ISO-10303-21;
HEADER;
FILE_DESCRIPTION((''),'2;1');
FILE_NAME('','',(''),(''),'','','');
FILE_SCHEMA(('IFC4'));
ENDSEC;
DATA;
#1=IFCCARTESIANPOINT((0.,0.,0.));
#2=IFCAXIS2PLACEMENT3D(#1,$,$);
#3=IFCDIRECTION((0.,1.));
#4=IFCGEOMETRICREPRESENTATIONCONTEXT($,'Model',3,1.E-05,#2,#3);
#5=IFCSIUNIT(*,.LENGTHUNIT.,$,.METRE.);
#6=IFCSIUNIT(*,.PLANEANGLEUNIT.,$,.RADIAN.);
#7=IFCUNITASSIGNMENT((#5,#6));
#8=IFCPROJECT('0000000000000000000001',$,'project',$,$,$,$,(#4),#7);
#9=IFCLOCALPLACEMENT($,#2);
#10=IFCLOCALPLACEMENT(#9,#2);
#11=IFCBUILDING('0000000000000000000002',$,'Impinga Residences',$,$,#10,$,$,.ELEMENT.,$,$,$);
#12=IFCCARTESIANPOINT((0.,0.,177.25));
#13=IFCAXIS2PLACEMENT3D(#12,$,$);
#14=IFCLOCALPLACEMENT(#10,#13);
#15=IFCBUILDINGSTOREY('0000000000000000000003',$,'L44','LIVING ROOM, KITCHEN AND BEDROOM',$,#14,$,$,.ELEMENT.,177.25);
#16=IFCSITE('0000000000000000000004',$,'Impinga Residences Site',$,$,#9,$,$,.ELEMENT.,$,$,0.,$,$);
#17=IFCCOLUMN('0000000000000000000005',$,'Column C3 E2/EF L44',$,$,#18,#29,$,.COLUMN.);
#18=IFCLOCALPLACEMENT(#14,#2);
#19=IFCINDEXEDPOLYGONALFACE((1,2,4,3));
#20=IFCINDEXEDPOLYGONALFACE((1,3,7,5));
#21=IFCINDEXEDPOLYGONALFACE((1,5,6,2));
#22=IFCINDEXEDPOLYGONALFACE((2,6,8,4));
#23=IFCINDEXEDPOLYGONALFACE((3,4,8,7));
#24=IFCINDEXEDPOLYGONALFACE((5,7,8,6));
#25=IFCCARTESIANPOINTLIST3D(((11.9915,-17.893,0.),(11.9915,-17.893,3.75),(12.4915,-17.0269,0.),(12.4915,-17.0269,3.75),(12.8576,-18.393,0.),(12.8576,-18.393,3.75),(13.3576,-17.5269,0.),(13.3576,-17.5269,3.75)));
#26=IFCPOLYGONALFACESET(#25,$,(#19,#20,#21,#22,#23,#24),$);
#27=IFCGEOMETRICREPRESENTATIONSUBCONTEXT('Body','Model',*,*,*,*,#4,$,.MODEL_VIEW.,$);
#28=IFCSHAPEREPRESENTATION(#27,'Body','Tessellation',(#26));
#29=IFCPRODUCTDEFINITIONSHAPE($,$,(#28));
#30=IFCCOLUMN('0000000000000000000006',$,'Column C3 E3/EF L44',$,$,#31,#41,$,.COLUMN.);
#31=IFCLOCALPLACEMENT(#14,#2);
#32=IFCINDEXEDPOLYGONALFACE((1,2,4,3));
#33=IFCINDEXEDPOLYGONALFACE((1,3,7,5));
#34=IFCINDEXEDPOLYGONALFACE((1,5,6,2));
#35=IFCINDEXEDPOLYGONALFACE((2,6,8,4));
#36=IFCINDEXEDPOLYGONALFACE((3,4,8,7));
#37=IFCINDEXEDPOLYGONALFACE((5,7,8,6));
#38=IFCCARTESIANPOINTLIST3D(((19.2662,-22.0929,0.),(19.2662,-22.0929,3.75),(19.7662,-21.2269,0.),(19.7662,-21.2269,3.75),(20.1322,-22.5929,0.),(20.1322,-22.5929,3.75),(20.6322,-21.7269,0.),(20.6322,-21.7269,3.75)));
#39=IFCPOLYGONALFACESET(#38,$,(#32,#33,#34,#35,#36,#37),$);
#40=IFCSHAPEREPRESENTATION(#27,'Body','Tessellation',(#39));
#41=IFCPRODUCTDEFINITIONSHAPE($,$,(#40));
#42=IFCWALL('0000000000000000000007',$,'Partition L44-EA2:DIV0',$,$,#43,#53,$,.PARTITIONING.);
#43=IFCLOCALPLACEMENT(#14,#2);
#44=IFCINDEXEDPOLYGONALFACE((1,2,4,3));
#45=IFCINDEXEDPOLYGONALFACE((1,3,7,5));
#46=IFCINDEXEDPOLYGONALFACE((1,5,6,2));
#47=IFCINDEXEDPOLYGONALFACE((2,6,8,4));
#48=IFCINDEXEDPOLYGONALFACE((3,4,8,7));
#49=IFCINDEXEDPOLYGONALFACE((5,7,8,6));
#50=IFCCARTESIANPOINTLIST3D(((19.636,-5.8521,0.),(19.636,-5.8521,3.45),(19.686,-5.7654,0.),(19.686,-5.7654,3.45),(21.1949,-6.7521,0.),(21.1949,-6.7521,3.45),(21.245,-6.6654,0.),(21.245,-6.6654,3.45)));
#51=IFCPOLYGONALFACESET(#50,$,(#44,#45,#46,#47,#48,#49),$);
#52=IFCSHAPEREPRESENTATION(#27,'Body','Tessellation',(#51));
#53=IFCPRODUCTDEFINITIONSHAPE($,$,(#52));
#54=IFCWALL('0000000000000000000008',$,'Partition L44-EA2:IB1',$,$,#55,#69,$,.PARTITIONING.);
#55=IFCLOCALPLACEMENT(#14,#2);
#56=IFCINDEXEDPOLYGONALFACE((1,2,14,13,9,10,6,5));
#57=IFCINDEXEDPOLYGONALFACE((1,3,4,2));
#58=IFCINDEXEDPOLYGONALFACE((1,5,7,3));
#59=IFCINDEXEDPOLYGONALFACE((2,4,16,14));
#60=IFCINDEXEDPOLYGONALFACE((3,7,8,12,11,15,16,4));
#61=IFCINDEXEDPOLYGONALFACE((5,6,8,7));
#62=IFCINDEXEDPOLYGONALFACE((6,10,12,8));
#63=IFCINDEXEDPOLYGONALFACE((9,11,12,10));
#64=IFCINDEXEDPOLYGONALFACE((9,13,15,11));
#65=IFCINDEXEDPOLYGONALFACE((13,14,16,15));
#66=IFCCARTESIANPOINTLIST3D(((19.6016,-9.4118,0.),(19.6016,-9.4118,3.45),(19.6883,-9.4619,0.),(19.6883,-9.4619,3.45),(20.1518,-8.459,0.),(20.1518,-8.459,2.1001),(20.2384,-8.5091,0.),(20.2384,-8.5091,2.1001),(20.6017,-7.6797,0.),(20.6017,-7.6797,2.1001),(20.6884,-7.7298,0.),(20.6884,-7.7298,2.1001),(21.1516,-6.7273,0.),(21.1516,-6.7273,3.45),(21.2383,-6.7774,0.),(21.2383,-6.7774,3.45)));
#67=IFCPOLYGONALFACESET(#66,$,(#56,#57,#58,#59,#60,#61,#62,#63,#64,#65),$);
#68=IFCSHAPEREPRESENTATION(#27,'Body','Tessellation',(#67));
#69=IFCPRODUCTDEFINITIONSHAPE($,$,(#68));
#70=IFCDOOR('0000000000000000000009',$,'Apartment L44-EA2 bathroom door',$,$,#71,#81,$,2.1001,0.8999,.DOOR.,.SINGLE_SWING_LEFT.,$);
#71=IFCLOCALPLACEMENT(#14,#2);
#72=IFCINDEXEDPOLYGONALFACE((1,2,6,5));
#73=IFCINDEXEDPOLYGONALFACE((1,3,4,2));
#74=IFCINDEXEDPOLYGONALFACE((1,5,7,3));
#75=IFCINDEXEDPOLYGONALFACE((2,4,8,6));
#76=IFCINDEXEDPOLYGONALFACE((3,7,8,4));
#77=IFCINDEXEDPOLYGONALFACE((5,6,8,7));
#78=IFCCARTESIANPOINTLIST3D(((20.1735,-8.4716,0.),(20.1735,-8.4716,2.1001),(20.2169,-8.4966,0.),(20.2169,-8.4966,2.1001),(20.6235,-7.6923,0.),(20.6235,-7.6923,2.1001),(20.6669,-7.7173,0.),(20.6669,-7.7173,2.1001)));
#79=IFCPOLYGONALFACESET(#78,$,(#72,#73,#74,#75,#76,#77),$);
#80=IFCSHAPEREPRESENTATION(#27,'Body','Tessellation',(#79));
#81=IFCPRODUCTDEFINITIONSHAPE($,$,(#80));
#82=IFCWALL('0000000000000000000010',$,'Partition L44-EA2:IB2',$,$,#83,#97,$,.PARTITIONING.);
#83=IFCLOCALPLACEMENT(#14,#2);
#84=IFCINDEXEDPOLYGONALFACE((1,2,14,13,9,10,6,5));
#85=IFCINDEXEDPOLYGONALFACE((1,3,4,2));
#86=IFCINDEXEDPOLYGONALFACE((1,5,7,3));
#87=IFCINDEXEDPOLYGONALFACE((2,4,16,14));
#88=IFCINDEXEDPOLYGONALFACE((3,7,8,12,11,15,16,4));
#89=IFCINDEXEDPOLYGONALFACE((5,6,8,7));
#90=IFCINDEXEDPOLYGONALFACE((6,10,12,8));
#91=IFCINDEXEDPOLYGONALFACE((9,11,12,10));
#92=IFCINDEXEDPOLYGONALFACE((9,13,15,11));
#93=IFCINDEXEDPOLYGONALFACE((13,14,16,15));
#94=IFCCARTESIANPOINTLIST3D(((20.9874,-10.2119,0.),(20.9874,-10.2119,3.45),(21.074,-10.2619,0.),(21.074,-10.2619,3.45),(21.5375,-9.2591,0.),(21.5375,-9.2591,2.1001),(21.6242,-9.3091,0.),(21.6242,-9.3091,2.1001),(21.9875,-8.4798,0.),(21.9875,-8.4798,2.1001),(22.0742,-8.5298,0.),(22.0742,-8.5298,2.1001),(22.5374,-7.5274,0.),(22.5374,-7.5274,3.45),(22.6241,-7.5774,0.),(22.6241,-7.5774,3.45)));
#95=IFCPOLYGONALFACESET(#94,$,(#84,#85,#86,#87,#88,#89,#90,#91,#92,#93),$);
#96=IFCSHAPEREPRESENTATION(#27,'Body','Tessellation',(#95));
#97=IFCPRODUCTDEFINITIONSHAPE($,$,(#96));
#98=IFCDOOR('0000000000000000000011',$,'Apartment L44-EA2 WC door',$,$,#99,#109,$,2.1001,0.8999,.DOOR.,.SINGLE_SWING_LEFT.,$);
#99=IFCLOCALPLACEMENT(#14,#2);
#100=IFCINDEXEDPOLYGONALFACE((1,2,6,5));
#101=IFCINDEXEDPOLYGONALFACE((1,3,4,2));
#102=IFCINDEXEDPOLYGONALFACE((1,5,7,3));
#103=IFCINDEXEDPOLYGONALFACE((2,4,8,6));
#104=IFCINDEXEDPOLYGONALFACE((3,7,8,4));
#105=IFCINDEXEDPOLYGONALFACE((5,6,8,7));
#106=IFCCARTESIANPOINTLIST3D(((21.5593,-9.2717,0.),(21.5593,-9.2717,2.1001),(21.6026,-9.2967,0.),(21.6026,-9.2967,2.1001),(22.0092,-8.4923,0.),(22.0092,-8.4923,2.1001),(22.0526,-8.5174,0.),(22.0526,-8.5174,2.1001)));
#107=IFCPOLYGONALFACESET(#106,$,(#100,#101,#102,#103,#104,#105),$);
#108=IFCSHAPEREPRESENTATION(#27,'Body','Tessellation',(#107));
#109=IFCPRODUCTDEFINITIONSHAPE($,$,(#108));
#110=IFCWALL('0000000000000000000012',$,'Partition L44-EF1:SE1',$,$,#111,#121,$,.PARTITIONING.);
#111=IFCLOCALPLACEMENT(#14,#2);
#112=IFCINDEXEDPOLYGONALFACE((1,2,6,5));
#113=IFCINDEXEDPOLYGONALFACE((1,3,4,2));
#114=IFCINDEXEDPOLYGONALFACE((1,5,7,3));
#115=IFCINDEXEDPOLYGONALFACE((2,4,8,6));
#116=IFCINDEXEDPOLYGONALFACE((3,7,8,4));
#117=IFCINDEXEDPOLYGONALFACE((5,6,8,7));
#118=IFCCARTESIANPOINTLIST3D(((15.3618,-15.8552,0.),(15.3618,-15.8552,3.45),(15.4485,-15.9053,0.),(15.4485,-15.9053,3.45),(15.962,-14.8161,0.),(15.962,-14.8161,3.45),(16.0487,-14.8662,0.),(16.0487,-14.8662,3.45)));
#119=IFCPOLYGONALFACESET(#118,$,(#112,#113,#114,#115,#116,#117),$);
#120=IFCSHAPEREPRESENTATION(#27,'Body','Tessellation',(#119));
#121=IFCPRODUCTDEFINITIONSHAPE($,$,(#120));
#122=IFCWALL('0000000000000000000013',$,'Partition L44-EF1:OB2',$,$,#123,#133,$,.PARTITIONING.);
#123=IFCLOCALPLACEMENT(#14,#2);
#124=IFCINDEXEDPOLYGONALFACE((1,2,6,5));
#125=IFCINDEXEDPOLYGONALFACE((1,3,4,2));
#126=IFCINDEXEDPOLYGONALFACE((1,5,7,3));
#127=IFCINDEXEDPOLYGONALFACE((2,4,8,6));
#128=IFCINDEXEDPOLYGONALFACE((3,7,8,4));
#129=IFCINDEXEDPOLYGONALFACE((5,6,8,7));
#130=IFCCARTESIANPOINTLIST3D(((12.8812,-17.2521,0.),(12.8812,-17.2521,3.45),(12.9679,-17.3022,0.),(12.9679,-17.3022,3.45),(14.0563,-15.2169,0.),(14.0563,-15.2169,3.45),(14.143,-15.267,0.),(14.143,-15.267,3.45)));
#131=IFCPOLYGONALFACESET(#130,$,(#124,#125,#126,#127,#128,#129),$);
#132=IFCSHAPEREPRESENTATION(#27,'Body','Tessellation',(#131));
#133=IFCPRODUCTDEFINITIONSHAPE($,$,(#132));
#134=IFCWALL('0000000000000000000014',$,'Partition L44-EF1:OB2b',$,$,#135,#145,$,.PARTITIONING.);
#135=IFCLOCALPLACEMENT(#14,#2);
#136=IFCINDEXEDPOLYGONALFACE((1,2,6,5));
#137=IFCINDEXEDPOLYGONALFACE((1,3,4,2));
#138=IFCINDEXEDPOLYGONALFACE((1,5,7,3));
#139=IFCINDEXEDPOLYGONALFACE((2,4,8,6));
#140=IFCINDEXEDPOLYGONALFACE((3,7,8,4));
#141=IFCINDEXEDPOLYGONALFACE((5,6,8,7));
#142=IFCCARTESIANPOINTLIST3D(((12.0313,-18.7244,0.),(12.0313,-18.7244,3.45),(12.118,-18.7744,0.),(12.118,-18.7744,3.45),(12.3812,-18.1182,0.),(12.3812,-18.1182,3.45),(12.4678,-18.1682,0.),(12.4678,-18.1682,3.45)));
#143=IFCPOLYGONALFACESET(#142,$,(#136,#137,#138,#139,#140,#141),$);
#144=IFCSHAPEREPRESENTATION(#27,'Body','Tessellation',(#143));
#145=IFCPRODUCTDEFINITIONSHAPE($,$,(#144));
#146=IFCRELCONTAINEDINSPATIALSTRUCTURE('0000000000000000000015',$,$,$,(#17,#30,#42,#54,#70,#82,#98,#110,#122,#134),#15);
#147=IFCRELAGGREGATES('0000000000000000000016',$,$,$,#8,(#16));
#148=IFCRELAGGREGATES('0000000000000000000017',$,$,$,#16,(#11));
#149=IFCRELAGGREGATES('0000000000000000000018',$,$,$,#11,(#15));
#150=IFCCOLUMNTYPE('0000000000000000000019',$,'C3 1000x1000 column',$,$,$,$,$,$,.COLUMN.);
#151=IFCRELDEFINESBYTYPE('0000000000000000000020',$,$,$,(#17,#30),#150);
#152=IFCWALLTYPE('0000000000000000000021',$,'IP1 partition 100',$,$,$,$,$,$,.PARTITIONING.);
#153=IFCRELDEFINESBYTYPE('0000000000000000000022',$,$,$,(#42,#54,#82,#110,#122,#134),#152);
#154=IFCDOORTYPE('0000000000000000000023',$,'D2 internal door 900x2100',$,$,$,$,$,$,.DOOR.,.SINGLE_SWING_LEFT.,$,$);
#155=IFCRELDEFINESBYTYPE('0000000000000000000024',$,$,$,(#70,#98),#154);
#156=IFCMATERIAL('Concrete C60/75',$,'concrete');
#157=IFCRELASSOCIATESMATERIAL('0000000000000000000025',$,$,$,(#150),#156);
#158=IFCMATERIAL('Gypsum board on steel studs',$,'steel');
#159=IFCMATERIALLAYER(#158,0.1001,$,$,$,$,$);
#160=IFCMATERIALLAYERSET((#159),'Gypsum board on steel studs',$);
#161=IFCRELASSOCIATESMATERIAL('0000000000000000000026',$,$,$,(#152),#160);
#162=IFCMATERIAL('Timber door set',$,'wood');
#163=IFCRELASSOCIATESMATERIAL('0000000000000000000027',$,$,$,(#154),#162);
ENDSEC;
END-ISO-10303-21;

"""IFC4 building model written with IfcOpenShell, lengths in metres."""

from ifc_helpers import new_model, si_unit, direction, frame, frame_2d, origin, origin_2d, place, context, subcontext, project, spatial, rectangle, extrude, material, layer, layer_set, material_profile, profile_set, type_object, element, fill, save


model = new_model("IFC4")

# Units and contexts
model_context = context("Model", 3, precision=1e-05, world=origin(), true_north=direction((0.0, 1.0)))
body_context = subcontext(model_context, "Body", "Model", "MODEL_VIEW")
ifc_project = project(units=[si_unit("LENGTHUNIT", "METRE"), si_unit("PLANEANGLEUNIT", "RADIAN")], contexts=[model_context])

# Site, building, storey
site_placement = place(None, origin())
site = spatial("IfcSite", under=ifc_project, at=site_placement, Name="Impinga Residences Site", CompositionType="ELEMENT", RefElevation=0.0)
building_placement = place(site_placement, origin())
building = spatial("IfcBuilding", under=site, at=building_placement, Name="Impinga Residences", CompositionType="ELEMENT")
storey_placement = place(building_placement, frame((0.0, 0.0, 177.25)))
storey = spatial("IfcBuildingStorey", under=building, at=storey_placement, Name="L44", Description="LIVING ROOM, KITCHEN AND BEDROOM", CompositionType="ELEMENT", Elevation=177.25)

# Columns
ifc_material_1 = material(Name="Concrete C60/75", Category="concrete")
ifc_material_profile = material_profile(ifc_material_1, rectangle(XDim=1.0, YDim=1.0, at=origin_2d()), Name="RC 1000x1000")
ifc_profile_set = profile_set([ifc_material_profile], Name="Concrete C60/75")
column_type = type_object("IfcColumnType", Name="C3 1000x1000 column", PredefinedType="COLUMN", material=ifc_profile_set)
for number, where, z_axis, x_axis, name in (
    (1, (12.6746, -17.71, 0.0), (0.0, 0.0, 1.0), (-0.5, -0.866025, 0.0), "Column C3 E2/EF L44"),
    (2, (19.9492, -21.9099, 0.0), (0.0, 0.0, 1.0), (-0.5, -0.866025, 0.0), "Column C3 E3/EF L44"),
):
    element("IfcColumn", number, at=place(storey_placement, frame(where, z_axis=z_axis, x_axis=x_axis)), inside=storey, type_object=column_type, Name=name, PredefinedType="COLUMN", context=body_context, shape_type="SweptSolid", body=[
        extrude(rectangle(XDim=1.0, YDim=1.0, at=origin_2d()), origin(), (0.0, 0.0, 1.0), 3.75),
    ])

# Wall
ifc_material_2 = material(Name="Gypsum board on steel studs", Category="steel")
ifc_layer_1 = layer(ifc_material_2, 0.1001)
ifc_layer_set_1 = layer_set([ifc_layer_1], Name="Gypsum board on steel studs")
wall_type_1 = type_object("IfcWallType", Name="IP1 partition 100", PredefinedType="PARTITIONING", material=ifc_layer_set_1)
wall_1_placement = place(storey_placement, frame((19.6611, -5.8088, 0.0), z_axis=(0.0, 0.0, 1.0), x_axis=(0.866048, -0.499961, 0.0)))
element("IfcWall", 3, at=wall_1_placement, inside=storey, type_object=wall_type_1, Name="Partition L44-EA2:DIV0", PredefinedType="PARTITIONING", context=body_context, shape_type="SweptSolid", body=[
    extrude(rectangle(XDim=1.8, YDim=0.1001, at=frame_2d((0.8999, 0.0))), origin(), (0.0, 0.0, 1.0), 3.45),
])

# Walls, openings, doors
wall_2_placement = place(storey_placement, frame((19.645, -9.4368, 0.0), z_axis=(0.0, 0.0, 1.0), x_axis=(0.500027, 0.86601, 0.0)))
wall_2 = element("IfcWall", 4, at=wall_2_placement, inside=storey, type_object=wall_type_1, Name="Partition L44-EA2:IB1", PredefinedType="PARTITIONING", context=body_context, shape_type="SweptSolid", body=[
    extrude(rectangle(XDim=3.0999, YDim=0.1001, at=frame_2d((1.5498, 0.0))), origin(), (0.0, 0.0, 1.0), 3.45),
])
opening_1_placement = place(wall_2_placement, frame((1.1001, 0.0, 0.0)))
opening_1 = element("IfcOpeningElement", 5, at=opening_1_placement, cuts=wall_2, PredefinedType="OPENING", context=body_context, shape_type="SweptSolid", body=[
    extrude(rectangle(XDim=0.8999, YDim=2.1001, at=frame_2d((0.45, 1.05))), frame((0.0, 0.0601, 0.0), z_axis=(0.0, -1.0, 0.0), x_axis=(1.0, 0.0, 0.0)), (0.0, 0.0, 1.0), 0.1201),
])
ifc_material_3 = material(Name="Timber door set", Category="wood")
door_type = type_object("IfcDoorType", Name="D2 internal door 900x2100", OperationType="SINGLE_SWING_LEFT", PredefinedType="DOOR", material=ifc_material_3)
door_1_placement = place(opening_1_placement, origin())
door_1 = element("IfcDoor", 6, at=door_1_placement, inside=storey, type_object=door_type, Name="Apartment L44-EA2 bathroom door", OperationType="SINGLE_SWING_LEFT", OverallHeight=2.1001, OverallWidth=0.8999, PredefinedType="DOOR", context=body_context, shape_type="SweptSolid", body=[
    extrude(rectangle(XDim=0.8999, YDim=2.1001, at=frame_2d((0.45, 1.05))), frame((0.0, 0.0249, 0.0), z_axis=(0.0, -1.0, 0.0), x_axis=(1.0, 0.0, 0.0)), (0.0, 0.0, 1.0), 0.05),
])
fill(opening_1, door_1)
wall_3_placement = place(storey_placement, frame((21.0308, -10.2368, 0.0), z_axis=(0.0, 0.0, 1.0), x_axis=(0.500027, 0.86601, 0.0)))
wall_3 = element("IfcWall", 7, at=wall_3_placement, inside=storey, type_object=wall_type_1, Name="Partition L44-EA2:IB2", PredefinedType="PARTITIONING", context=body_context, shape_type="SweptSolid", body=[
    extrude(rectangle(XDim=3.0999, YDim=0.1001, at=frame_2d((1.5498, 0.0))), origin(), (0.0, 0.0, 1.0), 3.45),
])
opening_2_placement = place(wall_3_placement, frame((1.1001, 0.0, 0.0)))
opening_2 = element("IfcOpeningElement", 8, at=opening_2_placement, cuts=wall_3, PredefinedType="OPENING", context=body_context, shape_type="SweptSolid", body=[
    extrude(rectangle(XDim=0.8999, YDim=2.1001, at=frame_2d((0.45, 1.05))), frame((0.0, 0.0601, 0.0), z_axis=(0.0, -1.0, 0.0), x_axis=(1.0, 0.0, 0.0)), (0.0, 0.0, 1.0), 0.1201),
])
door_2_placement = place(opening_2_placement, origin())
door_2 = element("IfcDoor", 9, at=door_2_placement, inside=storey, type_object=door_type, Name="Apartment L44-EA2 WC door", OperationType="SINGLE_SWING_LEFT", OverallHeight=2.1001, OverallWidth=0.8999, PredefinedType="DOOR", context=body_context, shape_type="SweptSolid", body=[
    extrude(rectangle(XDim=0.8999, YDim=2.1001, at=frame_2d((0.45, 1.05))), frame((0.0, 0.0249, 0.0), z_axis=(0.0, -1.0, 0.0), x_axis=(1.0, 0.0, 0.0)), (0.0, 0.0, 1.0), 0.05),
])
fill(opening_2, door_2)

# Walls
wall_4_placement = place(storey_placement, frame((16.0054, -14.8411, 0.0), z_axis=(0.0, 0.0, 1.0), x_axis=(-0.500122, -0.865955, 0.0)))
element("IfcWall", 10, at=wall_4_placement, inside=storey, type_object=wall_type_1, Name="Partition L44-EF1:SE1", PredefinedType="PARTITIONING", context=body_context, shape_type="SweptSolid", body=[
    extrude(rectangle(XDim=1.2, YDim=0.1001, at=frame_2d((0.6001, 0.0))), origin(), (0.0, 0.0, 1.0), 3.45),
])
wall_5_placement = place(storey_placement, frame((14.0996, -15.2419, 0.0), z_axis=(0.0, 0.0, 1.0), x_axis=(-0.500016, -0.866016, 0.0)))
element("IfcWall", 11, at=wall_5_placement, inside=storey, type_object=wall_type_1, Name="Partition L44-EF1:OB2", PredefinedType="PARTITIONING", context=body_context, shape_type="SweptSolid", body=[
    extrude(rectangle(XDim=2.3501, YDim=0.1001, at=frame_2d((1.175, 0.0))), origin(), (0.0, 0.0, 1.0), 3.45),
])
wall_6_placement = place(storey_placement, frame((12.4246, -18.1431, 0.0), z_axis=(0.0, 0.0, 1.0), x_axis=(-0.499853, -0.86611, 0.0)))
element("IfcWall", 12, at=wall_6_placement, inside=storey, type_object=wall_type_1, Name="Partition L44-EF1:OB2b", PredefinedType="PARTITIONING", context=body_context, shape_type="SweptSolid", body=[
    extrude(rectangle(XDim=0.7, YDim=0.1001, at=frame_2d((0.3501, 0.0))), origin(), (0.0, 0.0, 1.0), 3.45),
])

save(model, "model.ifc")
